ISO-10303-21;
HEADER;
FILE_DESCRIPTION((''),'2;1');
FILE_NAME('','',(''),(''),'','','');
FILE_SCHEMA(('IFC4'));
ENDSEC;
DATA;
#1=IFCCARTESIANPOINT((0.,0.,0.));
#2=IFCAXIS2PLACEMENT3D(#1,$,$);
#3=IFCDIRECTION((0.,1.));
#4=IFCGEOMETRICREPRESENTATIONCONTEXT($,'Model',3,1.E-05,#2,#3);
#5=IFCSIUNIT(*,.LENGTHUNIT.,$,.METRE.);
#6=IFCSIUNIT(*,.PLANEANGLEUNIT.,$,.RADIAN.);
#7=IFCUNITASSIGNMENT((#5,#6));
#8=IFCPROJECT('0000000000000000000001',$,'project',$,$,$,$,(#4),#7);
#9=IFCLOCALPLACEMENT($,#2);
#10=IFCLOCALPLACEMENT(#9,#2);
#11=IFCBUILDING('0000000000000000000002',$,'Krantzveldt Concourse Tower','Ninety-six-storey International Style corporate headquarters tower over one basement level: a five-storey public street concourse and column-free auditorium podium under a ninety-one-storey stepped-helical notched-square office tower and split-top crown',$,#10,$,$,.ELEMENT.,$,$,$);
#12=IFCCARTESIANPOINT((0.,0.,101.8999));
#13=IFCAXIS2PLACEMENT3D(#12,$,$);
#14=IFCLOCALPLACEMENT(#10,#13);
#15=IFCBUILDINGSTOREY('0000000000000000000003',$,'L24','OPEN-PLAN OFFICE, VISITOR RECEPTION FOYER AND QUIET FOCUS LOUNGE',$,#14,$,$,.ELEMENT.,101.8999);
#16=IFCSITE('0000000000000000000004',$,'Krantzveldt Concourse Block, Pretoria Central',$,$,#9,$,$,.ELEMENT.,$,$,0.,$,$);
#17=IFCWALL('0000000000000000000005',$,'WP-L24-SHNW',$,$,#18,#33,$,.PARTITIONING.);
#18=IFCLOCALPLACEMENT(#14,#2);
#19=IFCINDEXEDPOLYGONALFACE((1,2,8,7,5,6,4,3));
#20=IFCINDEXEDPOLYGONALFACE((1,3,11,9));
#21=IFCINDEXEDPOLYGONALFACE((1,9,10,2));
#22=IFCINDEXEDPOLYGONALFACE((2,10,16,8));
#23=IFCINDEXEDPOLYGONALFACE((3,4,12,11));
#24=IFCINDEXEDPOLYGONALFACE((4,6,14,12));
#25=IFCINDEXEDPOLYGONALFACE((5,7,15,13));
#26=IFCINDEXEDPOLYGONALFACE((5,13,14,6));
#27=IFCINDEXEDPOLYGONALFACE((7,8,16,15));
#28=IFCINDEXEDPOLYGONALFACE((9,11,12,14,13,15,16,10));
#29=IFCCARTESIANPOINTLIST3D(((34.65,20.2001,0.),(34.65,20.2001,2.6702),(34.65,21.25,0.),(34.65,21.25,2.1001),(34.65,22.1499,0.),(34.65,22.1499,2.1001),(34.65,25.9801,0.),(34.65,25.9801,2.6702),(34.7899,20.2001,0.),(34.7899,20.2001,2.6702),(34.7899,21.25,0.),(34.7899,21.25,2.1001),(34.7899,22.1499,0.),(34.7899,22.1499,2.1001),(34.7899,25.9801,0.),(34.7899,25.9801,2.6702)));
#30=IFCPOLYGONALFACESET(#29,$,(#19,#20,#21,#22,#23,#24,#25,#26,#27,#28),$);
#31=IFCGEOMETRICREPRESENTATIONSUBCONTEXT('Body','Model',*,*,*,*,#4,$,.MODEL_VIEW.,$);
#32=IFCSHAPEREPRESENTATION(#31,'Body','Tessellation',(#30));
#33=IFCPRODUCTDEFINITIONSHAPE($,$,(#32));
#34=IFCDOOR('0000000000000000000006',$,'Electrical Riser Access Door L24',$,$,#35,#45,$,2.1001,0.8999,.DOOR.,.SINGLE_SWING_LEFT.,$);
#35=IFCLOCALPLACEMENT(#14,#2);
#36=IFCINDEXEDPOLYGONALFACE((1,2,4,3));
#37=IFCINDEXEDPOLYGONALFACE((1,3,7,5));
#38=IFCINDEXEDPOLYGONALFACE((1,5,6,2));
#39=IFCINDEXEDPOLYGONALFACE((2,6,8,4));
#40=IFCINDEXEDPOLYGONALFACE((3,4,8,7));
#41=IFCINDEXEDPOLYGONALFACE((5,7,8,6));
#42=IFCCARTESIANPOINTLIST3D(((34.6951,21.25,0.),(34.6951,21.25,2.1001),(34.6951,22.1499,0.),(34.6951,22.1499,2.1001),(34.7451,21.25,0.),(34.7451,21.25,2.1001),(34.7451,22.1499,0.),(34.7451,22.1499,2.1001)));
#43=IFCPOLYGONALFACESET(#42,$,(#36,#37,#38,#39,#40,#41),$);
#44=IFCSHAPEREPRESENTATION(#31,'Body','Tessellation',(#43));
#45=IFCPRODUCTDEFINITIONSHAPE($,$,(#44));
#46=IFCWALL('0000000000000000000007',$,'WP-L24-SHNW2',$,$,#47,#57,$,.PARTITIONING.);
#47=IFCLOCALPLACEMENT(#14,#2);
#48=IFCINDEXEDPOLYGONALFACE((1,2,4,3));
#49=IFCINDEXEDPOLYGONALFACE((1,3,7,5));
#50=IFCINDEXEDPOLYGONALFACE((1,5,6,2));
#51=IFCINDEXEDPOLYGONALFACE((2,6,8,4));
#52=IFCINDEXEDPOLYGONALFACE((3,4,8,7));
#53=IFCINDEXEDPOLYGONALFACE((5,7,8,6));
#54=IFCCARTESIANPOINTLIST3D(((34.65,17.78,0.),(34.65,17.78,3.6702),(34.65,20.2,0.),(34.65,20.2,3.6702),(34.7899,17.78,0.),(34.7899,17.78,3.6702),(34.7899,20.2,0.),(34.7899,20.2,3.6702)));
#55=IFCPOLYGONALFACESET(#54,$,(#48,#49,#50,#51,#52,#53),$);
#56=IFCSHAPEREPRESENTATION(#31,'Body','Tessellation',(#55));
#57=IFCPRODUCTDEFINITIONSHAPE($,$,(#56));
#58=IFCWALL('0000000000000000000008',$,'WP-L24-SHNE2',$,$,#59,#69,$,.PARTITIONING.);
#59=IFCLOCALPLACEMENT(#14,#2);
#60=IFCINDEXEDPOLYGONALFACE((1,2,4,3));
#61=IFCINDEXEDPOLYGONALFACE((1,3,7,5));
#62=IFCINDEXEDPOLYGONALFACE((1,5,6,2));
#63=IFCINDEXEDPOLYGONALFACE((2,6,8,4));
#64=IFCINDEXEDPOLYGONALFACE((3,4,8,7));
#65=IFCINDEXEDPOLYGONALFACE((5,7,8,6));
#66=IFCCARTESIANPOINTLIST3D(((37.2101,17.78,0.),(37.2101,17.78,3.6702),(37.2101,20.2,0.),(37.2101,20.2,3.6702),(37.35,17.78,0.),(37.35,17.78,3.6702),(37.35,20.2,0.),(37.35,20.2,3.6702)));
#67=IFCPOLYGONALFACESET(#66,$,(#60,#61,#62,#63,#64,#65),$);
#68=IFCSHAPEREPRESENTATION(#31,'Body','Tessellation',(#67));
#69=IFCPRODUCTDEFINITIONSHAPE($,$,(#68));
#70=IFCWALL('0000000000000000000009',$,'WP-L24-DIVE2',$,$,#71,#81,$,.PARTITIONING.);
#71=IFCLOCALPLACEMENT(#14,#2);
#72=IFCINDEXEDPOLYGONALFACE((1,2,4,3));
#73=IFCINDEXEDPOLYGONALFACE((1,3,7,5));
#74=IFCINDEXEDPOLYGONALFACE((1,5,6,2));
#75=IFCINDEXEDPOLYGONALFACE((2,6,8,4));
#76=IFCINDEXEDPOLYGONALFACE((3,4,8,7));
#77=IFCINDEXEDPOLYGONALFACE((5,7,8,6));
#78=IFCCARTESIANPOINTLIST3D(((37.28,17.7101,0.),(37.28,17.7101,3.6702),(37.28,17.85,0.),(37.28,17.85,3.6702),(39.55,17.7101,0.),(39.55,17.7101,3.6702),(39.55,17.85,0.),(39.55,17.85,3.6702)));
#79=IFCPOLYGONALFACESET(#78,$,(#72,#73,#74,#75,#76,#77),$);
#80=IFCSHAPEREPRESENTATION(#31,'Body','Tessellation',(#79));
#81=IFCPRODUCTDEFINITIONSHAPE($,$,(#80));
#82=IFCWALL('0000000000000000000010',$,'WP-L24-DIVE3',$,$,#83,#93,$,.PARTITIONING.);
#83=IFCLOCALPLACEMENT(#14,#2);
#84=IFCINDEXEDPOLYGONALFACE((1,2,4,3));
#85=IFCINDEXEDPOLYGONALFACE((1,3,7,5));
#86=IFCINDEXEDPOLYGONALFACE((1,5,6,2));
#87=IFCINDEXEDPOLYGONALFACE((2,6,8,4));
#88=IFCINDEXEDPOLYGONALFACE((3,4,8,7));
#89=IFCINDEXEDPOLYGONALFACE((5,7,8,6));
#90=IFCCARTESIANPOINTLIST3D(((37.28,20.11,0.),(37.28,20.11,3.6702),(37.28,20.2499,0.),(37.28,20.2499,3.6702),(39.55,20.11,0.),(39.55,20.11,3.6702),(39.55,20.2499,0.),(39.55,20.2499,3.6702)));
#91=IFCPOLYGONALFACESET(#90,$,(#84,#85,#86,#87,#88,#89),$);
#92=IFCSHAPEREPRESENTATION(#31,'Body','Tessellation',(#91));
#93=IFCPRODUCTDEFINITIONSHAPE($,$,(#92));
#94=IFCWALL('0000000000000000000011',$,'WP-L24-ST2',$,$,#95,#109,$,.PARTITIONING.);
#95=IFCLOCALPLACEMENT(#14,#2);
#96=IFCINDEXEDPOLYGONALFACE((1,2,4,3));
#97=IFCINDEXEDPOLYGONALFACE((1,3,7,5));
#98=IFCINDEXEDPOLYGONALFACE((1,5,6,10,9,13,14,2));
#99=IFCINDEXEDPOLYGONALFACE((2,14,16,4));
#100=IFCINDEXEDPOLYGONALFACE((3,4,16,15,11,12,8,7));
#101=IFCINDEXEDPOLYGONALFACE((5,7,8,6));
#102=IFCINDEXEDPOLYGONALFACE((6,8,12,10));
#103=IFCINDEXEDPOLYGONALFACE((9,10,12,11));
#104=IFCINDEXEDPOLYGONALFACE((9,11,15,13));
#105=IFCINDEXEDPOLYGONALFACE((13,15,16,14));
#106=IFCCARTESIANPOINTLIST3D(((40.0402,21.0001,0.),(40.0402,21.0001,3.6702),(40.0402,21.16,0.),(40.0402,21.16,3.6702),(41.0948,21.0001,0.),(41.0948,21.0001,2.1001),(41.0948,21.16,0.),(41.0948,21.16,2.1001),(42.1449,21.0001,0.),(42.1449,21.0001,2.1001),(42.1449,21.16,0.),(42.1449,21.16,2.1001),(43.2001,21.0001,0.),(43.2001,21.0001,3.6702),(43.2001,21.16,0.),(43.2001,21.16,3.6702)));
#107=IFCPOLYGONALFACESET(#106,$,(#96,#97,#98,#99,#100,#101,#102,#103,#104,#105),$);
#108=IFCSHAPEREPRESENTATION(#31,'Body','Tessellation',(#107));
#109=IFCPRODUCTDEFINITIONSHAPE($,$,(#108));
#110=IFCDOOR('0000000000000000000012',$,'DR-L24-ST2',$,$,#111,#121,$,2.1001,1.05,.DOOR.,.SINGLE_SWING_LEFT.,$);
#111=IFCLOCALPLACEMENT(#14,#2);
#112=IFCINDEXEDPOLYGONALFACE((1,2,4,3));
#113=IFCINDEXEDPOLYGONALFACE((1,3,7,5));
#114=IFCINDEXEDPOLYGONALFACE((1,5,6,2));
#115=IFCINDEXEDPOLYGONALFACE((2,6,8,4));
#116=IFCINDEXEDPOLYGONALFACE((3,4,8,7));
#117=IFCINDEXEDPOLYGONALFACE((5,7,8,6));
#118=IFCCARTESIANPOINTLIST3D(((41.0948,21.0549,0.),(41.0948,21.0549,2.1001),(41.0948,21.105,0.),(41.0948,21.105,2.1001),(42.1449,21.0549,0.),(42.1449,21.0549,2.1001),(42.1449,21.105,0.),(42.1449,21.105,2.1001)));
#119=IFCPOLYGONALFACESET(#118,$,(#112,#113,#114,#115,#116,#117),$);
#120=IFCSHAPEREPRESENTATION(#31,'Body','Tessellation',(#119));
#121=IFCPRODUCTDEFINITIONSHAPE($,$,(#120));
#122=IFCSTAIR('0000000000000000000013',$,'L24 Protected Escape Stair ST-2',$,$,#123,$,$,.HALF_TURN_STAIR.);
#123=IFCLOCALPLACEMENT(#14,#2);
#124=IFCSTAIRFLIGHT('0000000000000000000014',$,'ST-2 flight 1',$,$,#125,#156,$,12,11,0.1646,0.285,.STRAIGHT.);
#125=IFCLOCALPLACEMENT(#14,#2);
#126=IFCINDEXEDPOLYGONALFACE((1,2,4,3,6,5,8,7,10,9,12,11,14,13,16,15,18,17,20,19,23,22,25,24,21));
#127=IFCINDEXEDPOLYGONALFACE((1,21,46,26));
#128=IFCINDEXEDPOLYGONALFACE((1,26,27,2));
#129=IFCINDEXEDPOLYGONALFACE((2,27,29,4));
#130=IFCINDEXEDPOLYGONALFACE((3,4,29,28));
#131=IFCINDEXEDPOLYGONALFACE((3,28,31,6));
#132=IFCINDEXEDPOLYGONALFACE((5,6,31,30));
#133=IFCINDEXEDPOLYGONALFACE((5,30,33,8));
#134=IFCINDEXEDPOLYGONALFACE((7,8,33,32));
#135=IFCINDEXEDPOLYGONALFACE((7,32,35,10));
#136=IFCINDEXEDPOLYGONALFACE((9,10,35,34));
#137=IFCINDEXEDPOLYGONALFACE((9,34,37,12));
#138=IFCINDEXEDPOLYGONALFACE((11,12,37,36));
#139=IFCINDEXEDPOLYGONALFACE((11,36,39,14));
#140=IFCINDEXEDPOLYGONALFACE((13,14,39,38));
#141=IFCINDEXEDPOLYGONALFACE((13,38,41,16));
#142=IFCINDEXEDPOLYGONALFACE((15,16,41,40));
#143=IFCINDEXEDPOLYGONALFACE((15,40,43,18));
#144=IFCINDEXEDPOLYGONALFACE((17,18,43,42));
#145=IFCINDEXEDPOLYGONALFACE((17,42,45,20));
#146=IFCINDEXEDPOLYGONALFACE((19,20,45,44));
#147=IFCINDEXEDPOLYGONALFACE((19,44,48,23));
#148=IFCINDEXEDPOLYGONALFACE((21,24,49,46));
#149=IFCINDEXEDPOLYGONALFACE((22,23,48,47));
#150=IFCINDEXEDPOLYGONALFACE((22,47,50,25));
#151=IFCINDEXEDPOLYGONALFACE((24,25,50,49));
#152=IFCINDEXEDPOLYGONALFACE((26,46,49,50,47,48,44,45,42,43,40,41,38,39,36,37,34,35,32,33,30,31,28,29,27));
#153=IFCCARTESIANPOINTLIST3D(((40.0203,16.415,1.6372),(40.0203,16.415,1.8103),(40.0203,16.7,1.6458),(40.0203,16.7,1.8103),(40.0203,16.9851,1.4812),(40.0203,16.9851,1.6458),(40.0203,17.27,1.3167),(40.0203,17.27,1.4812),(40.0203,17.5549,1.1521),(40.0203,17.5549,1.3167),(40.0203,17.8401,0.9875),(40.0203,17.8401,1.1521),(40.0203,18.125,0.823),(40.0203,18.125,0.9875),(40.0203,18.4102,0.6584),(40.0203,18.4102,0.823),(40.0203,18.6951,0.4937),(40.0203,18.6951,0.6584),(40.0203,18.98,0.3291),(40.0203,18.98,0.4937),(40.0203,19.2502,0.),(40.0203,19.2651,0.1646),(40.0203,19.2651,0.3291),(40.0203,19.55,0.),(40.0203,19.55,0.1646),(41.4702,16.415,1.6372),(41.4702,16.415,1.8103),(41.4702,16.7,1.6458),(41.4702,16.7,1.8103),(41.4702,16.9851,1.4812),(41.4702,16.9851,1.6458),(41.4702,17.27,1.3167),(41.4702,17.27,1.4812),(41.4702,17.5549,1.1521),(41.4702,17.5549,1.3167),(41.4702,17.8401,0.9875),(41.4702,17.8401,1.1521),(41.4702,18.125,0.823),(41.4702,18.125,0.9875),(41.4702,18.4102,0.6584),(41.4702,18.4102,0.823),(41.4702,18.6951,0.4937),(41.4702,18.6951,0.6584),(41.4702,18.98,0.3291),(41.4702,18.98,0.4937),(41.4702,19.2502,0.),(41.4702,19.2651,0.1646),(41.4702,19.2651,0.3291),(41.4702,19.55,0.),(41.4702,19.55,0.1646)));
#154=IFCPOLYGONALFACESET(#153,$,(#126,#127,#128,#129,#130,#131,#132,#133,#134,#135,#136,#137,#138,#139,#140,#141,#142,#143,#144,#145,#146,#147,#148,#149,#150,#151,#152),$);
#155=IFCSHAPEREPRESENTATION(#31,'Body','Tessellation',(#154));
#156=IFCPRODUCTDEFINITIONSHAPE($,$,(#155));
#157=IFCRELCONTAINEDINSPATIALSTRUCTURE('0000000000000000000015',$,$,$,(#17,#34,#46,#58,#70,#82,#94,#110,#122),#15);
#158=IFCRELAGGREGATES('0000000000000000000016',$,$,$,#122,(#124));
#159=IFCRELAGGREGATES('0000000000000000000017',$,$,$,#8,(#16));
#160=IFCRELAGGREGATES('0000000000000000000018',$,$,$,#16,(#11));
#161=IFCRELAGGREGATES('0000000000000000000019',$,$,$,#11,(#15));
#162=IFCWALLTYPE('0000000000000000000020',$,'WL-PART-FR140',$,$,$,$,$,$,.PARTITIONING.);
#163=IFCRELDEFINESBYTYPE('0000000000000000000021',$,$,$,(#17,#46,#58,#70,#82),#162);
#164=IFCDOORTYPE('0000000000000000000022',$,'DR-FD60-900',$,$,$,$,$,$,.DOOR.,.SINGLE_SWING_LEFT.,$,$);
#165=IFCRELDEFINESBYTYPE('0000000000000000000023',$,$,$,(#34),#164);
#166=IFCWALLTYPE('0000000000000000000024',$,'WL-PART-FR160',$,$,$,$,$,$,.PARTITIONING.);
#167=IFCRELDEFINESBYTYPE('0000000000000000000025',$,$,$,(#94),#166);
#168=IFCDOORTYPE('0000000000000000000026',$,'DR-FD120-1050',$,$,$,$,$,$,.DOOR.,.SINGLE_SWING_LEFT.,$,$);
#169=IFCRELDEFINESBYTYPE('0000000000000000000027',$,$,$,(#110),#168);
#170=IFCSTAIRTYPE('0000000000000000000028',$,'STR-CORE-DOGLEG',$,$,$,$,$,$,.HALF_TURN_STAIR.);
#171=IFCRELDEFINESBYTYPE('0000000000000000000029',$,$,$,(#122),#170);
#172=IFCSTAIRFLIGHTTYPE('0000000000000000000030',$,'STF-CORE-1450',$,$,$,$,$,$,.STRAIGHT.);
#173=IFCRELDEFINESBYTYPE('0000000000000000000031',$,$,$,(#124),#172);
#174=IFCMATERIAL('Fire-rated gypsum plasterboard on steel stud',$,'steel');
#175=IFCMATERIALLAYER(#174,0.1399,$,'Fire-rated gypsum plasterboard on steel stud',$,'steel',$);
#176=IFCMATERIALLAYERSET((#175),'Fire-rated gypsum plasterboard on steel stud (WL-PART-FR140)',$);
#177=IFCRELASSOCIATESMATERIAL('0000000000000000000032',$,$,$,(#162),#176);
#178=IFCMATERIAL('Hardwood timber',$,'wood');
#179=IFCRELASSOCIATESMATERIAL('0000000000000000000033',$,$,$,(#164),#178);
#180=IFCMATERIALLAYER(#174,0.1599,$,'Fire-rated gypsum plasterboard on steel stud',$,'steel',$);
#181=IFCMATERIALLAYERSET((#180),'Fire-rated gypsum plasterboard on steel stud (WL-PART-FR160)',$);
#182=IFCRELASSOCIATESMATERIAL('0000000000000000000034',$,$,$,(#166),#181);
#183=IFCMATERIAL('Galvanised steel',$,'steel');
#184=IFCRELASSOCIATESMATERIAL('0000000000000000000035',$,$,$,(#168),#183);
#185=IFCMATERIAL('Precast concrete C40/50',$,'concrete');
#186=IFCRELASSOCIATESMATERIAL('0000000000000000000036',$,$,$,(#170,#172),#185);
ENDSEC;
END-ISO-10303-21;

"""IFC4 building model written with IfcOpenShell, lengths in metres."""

from ifc_helpers import new_model, si_unit, direction, frame, frame_2d, origin, place, context, subcontext, project, spatial, polyline, rectangle, outline, extrude, material, layer, layer_set, type_object, element, fill, aggregate, save


model = new_model("IFC4")

# Units and contexts
model_context = context("Model", 3, precision=1e-05, world=origin(), true_north=direction((0.0, 1.0)))
body_context = subcontext(model_context, "Body", "Model", "MODEL_VIEW")
ifc_project = project(units=[si_unit("LENGTHUNIT", "METRE"), si_unit("PLANEANGLEUNIT", "RADIAN")], contexts=[model_context])

# Site, building, storey
site_placement = place(None, origin())
site = spatial("IfcSite", under=ifc_project, at=site_placement, Name="Krantzveldt Concourse Block, Pretoria Central", CompositionType="ELEMENT", RefElevation=0.0)
building_placement = place(site_placement, origin())
building = spatial("IfcBuilding", under=site, at=building_placement, Name="Krantzveldt Concourse Tower", Description="Ninety-six-storey International Style corporate headquarters tower over one basement level: a five-storey public street concourse and column-free auditorium podium under a ninety-one-storey stepped-helical notched-square office tower and split-top crown", CompositionType="ELEMENT")
storey_placement = place(building_placement, frame((0.0, 0.0, 101.8999)))
storey = spatial("IfcBuildingStorey", under=building, at=storey_placement, Name="L24", Description="OPEN-PLAN OFFICE, VISITOR RECEPTION FOYER AND QUIET FOCUS LOUNGE", CompositionType="ELEMENT", Elevation=101.8999)

# Wall, opening, door
ifc_material_1 = material(Name="Fire-rated gypsum plasterboard on steel stud", Category="steel")
ifc_layer_1 = layer(ifc_material_1, 0.1399, Name="Fire-rated gypsum plasterboard on steel stud", Category="steel")
ifc_layer_set_1 = layer_set([ifc_layer_1], Name="Fire-rated gypsum plasterboard on steel stud (WL-PART-FR140)")
wall_type_1 = type_object("IfcWallType", Name="WL-PART-FR140", PredefinedType="PARTITIONING", material=ifc_layer_set_1)
wall_1_placement = place(storey_placement, frame((34.72, 20.2, 0.0), z_axis=(0.0, 0.0, 1.0), x_axis=(0.0, 1.0, 0.0)))
wall_1 = element("IfcWall", 1, at=wall_1_placement, inside=storey, type_object=wall_type_1, Name="WP-L24-SHNW", PredefinedType="PARTITIONING", context=body_context, shape_type="SweptSolid", body=[
    extrude(rectangle(XDim=5.78, YDim=0.1399, at=frame_2d((2.8901, 0.0))), origin(), (0.0, 0.0, 1.0), 2.6702),
])
opening_1_placement = place(wall_1_placement, frame((1.05, 0.0, 0.0)))
opening_1 = element("IfcOpeningElement", 2, at=opening_1_placement, cuts=wall_1, PredefinedType="OPENING", context=body_context, shape_type="SweptSolid", body=[
    extrude(rectangle(XDim=0.8999, YDim=2.1001, at=frame_2d((0.45, 1.05))), frame((0.0, 0.0801, 0.0), z_axis=(0.0, -1.0, 0.0), x_axis=(1.0, 0.0, 0.0)), (0.0, 0.0, 1.0), 0.1599),
])
ifc_material_2 = material(Name="Hardwood timber", Category="wood")
door_type_1 = type_object("IfcDoorType", Name="DR-FD60-900", OperationType="SINGLE_SWING_LEFT", PredefinedType="DOOR", material=ifc_material_2)
door_1_placement = place(opening_1_placement, origin())
door_1 = element("IfcDoor", 3, at=door_1_placement, inside=storey, type_object=door_type_1, Name="Electrical Riser Access Door L24", OperationType="SINGLE_SWING_LEFT", OverallHeight=2.1001, OverallWidth=0.8999, PredefinedType="DOOR", context=body_context, shape_type="SweptSolid", body=[
    extrude(rectangle(XDim=0.8999, YDim=2.1001, at=frame_2d((0.45, 1.05))), frame((0.0, 0.0249, 0.0), z_axis=(0.0, -1.0, 0.0), x_axis=(1.0, 0.0, 0.0)), (0.0, 0.0, 1.0), 0.05),
])
fill(opening_1, door_1)

# Walls
for number, where, z_axis, x_axis, name in (
    (4, (34.72, 17.78, 0.0), (0.0, 0.0, 1.0), (0.0, 1.0, 0.0), "WP-L24-SHNW2"),
    (5, (37.28, 17.78, 0.0), (0.0, 0.0, 1.0), (0.0, 1.0, 0.0), "WP-L24-SHNE2"),
):
    element("IfcWall", number, at=place(storey_placement, frame(where, z_axis=z_axis, x_axis=x_axis)), inside=storey, type_object=wall_type_1, Name=name, PredefinedType="PARTITIONING", context=body_context, shape_type="SweptSolid", body=[
        extrude(rectangle(XDim=2.4199, YDim=0.1399, at=frame_2d((1.21, 0.0))), origin(), (0.0, 0.0, 1.0), 3.6702),
    ])
for number, where, z_axis, x_axis, name in (
    (6, (37.28, 17.78, 0.0), (0.0, 0.0, 1.0), (1.0, 0.0, 0.0), "WP-L24-DIVE2"),
    (7, (37.28, 20.1799, 0.0), (0.0, 0.0, 1.0), (1.0, 0.0, 0.0), "WP-L24-DIVE3"),
):
    element("IfcWall", number, at=place(storey_placement, frame(where, z_axis=z_axis, x_axis=x_axis)), inside=storey, type_object=wall_type_1, Name=name, PredefinedType="PARTITIONING", context=body_context, shape_type="SweptSolid", body=[
        extrude(rectangle(XDim=2.27, YDim=0.1399, at=frame_2d((1.135, 0.0))), origin(), (0.0, 0.0, 1.0), 3.6702),
    ])

# Wall, opening, door
ifc_layer_2 = layer(ifc_material_1, 0.1599, Name="Fire-rated gypsum plasterboard on steel stud", Category="steel")
ifc_layer_set_2 = layer_set([ifc_layer_2], Name="Fire-rated gypsum plasterboard on steel stud (WL-PART-FR160)")
wall_type_2 = type_object("IfcWallType", Name="WL-PART-FR160", PredefinedType="PARTITIONING", material=ifc_layer_set_2)
wall_2_placement = place(storey_placement, frame((40.04, 21.0801, 0.0), z_axis=(0.0, 0.0, 1.0), x_axis=(1.0, 0.0, 0.0)))
wall_2 = element("IfcWall", 8, at=wall_2_placement, inside=storey, type_object=wall_type_2, Name="WP-L24-ST2", PredefinedType="PARTITIONING", context=body_context, shape_type="SweptSolid", body=[
    extrude(rectangle(XDim=3.1599, YDim=0.1599, at=frame_2d((1.5801, 0.0))), origin(), (0.0, 0.0, 1.0), 3.6702),
])
opening_2_placement = place(wall_2_placement, frame((1.0549, 0.0, 0.0)))
opening_2 = element("IfcOpeningElement", 9, at=opening_2_placement, cuts=wall_2, PredefinedType="OPENING", context=body_context, shape_type="SweptSolid", body=[
    extrude(rectangle(XDim=1.05, YDim=2.1001, at=frame_2d((0.5249, 1.05))), frame((0.0, 0.0898, 0.0), z_axis=(0.0, -1.0, 0.0), x_axis=(1.0, 0.0, 0.0)), (0.0, 0.0, 1.0), 0.1799),
])
ifc_material_3 = material(Name="Galvanised steel", Category="steel")
door_type_2 = type_object("IfcDoorType", Name="DR-FD120-1050", OperationType="SINGLE_SWING_LEFT", PredefinedType="DOOR", material=ifc_material_3)
door_2_placement = place(opening_2_placement, origin())
door_2 = element("IfcDoor", 10, at=door_2_placement, inside=storey, type_object=door_type_2, Name="DR-L24-ST2", OperationType="SINGLE_SWING_LEFT", OverallHeight=2.1001, OverallWidth=1.05, PredefinedType="DOOR", context=body_context, shape_type="SweptSolid", body=[
    extrude(rectangle(XDim=1.05, YDim=2.1001, at=frame_2d((0.5249, 1.05))), frame((0.0, 0.0249, 0.0), z_axis=(0.0, -1.0, 0.0), x_axis=(1.0, 0.0, 0.0)), (0.0, 0.0, 1.0), 0.05),
])
fill(opening_2, door_2)

# Stair, stair flight
ifc_material_4 = material(Name="Precast concrete C40/50", Category="concrete")
stair_type = type_object("IfcStairType", Name="STR-CORE-DOGLEG", PredefinedType="HALF_TURN_STAIR", material=ifc_material_4)
stair_placement = place(storey_placement, origin())
stair = element("IfcStair", 11, at=stair_placement, inside=storey, type_object=stair_type, Name="L24 Protected Escape Stair ST-2", PredefinedType="HALF_TURN_STAIR")
stair_flight_type = type_object("IfcStairFlightType", Name="STF-CORE-1450", PredefinedType="STRAIGHT", material=ifc_material_4)
stair_flight_1_placement = place(storey_placement, frame((40.7451, 19.55, 0.0), z_axis=(0.0, 0.0, 1.0), x_axis=(0.0, -1.0, 0.0)))
stair_flight_1 = element("IfcStairFlight", 12, at=stair_flight_1_placement, type_object=stair_flight_type, Name="ST-2 flight 1", NumberOfRisers=12, NumberOfTreads=11, PredefinedType="STRAIGHT", RiserHeight=0.1646, TreadLength=0.285, context=body_context, shape_type="SweptSolid", body=[
    extrude(outline(polyline([(0.0, 0.0), (0.0, 0.1646), (0.2849, 0.1646), (0.2849, 0.3291), (0.5701, 0.3291), (0.5701, 0.4937), (0.855, 0.4937), (0.855, 0.6584), (1.1399, 0.6584), (1.1399, 0.823), (1.425, 0.823), (1.425, 0.9875), (1.71, 0.9875), (1.71, 1.1521), (1.9951, 1.1521), (1.9951, 1.3167), (2.28, 1.3167), (2.28, 1.4812), (2.5649, 1.4812), (2.5649, 1.6458), (2.8501, 1.6458), (2.8501, 1.8103), (3.135, 1.8103), (3.135, 1.9751), (3.135, 1.6372), (0.2998, 0.0), (0.0, 0.0)])), frame((0.0, 0.7251, 0.0), z_axis=(0.0, -1.0, 0.0), x_axis=(1.0, 0.0, 0.0)), (0.0, 0.0, 1.0), 1.45),
])
aggregate(stair, [stair_flight_1])

save(model, "model.ifc")
